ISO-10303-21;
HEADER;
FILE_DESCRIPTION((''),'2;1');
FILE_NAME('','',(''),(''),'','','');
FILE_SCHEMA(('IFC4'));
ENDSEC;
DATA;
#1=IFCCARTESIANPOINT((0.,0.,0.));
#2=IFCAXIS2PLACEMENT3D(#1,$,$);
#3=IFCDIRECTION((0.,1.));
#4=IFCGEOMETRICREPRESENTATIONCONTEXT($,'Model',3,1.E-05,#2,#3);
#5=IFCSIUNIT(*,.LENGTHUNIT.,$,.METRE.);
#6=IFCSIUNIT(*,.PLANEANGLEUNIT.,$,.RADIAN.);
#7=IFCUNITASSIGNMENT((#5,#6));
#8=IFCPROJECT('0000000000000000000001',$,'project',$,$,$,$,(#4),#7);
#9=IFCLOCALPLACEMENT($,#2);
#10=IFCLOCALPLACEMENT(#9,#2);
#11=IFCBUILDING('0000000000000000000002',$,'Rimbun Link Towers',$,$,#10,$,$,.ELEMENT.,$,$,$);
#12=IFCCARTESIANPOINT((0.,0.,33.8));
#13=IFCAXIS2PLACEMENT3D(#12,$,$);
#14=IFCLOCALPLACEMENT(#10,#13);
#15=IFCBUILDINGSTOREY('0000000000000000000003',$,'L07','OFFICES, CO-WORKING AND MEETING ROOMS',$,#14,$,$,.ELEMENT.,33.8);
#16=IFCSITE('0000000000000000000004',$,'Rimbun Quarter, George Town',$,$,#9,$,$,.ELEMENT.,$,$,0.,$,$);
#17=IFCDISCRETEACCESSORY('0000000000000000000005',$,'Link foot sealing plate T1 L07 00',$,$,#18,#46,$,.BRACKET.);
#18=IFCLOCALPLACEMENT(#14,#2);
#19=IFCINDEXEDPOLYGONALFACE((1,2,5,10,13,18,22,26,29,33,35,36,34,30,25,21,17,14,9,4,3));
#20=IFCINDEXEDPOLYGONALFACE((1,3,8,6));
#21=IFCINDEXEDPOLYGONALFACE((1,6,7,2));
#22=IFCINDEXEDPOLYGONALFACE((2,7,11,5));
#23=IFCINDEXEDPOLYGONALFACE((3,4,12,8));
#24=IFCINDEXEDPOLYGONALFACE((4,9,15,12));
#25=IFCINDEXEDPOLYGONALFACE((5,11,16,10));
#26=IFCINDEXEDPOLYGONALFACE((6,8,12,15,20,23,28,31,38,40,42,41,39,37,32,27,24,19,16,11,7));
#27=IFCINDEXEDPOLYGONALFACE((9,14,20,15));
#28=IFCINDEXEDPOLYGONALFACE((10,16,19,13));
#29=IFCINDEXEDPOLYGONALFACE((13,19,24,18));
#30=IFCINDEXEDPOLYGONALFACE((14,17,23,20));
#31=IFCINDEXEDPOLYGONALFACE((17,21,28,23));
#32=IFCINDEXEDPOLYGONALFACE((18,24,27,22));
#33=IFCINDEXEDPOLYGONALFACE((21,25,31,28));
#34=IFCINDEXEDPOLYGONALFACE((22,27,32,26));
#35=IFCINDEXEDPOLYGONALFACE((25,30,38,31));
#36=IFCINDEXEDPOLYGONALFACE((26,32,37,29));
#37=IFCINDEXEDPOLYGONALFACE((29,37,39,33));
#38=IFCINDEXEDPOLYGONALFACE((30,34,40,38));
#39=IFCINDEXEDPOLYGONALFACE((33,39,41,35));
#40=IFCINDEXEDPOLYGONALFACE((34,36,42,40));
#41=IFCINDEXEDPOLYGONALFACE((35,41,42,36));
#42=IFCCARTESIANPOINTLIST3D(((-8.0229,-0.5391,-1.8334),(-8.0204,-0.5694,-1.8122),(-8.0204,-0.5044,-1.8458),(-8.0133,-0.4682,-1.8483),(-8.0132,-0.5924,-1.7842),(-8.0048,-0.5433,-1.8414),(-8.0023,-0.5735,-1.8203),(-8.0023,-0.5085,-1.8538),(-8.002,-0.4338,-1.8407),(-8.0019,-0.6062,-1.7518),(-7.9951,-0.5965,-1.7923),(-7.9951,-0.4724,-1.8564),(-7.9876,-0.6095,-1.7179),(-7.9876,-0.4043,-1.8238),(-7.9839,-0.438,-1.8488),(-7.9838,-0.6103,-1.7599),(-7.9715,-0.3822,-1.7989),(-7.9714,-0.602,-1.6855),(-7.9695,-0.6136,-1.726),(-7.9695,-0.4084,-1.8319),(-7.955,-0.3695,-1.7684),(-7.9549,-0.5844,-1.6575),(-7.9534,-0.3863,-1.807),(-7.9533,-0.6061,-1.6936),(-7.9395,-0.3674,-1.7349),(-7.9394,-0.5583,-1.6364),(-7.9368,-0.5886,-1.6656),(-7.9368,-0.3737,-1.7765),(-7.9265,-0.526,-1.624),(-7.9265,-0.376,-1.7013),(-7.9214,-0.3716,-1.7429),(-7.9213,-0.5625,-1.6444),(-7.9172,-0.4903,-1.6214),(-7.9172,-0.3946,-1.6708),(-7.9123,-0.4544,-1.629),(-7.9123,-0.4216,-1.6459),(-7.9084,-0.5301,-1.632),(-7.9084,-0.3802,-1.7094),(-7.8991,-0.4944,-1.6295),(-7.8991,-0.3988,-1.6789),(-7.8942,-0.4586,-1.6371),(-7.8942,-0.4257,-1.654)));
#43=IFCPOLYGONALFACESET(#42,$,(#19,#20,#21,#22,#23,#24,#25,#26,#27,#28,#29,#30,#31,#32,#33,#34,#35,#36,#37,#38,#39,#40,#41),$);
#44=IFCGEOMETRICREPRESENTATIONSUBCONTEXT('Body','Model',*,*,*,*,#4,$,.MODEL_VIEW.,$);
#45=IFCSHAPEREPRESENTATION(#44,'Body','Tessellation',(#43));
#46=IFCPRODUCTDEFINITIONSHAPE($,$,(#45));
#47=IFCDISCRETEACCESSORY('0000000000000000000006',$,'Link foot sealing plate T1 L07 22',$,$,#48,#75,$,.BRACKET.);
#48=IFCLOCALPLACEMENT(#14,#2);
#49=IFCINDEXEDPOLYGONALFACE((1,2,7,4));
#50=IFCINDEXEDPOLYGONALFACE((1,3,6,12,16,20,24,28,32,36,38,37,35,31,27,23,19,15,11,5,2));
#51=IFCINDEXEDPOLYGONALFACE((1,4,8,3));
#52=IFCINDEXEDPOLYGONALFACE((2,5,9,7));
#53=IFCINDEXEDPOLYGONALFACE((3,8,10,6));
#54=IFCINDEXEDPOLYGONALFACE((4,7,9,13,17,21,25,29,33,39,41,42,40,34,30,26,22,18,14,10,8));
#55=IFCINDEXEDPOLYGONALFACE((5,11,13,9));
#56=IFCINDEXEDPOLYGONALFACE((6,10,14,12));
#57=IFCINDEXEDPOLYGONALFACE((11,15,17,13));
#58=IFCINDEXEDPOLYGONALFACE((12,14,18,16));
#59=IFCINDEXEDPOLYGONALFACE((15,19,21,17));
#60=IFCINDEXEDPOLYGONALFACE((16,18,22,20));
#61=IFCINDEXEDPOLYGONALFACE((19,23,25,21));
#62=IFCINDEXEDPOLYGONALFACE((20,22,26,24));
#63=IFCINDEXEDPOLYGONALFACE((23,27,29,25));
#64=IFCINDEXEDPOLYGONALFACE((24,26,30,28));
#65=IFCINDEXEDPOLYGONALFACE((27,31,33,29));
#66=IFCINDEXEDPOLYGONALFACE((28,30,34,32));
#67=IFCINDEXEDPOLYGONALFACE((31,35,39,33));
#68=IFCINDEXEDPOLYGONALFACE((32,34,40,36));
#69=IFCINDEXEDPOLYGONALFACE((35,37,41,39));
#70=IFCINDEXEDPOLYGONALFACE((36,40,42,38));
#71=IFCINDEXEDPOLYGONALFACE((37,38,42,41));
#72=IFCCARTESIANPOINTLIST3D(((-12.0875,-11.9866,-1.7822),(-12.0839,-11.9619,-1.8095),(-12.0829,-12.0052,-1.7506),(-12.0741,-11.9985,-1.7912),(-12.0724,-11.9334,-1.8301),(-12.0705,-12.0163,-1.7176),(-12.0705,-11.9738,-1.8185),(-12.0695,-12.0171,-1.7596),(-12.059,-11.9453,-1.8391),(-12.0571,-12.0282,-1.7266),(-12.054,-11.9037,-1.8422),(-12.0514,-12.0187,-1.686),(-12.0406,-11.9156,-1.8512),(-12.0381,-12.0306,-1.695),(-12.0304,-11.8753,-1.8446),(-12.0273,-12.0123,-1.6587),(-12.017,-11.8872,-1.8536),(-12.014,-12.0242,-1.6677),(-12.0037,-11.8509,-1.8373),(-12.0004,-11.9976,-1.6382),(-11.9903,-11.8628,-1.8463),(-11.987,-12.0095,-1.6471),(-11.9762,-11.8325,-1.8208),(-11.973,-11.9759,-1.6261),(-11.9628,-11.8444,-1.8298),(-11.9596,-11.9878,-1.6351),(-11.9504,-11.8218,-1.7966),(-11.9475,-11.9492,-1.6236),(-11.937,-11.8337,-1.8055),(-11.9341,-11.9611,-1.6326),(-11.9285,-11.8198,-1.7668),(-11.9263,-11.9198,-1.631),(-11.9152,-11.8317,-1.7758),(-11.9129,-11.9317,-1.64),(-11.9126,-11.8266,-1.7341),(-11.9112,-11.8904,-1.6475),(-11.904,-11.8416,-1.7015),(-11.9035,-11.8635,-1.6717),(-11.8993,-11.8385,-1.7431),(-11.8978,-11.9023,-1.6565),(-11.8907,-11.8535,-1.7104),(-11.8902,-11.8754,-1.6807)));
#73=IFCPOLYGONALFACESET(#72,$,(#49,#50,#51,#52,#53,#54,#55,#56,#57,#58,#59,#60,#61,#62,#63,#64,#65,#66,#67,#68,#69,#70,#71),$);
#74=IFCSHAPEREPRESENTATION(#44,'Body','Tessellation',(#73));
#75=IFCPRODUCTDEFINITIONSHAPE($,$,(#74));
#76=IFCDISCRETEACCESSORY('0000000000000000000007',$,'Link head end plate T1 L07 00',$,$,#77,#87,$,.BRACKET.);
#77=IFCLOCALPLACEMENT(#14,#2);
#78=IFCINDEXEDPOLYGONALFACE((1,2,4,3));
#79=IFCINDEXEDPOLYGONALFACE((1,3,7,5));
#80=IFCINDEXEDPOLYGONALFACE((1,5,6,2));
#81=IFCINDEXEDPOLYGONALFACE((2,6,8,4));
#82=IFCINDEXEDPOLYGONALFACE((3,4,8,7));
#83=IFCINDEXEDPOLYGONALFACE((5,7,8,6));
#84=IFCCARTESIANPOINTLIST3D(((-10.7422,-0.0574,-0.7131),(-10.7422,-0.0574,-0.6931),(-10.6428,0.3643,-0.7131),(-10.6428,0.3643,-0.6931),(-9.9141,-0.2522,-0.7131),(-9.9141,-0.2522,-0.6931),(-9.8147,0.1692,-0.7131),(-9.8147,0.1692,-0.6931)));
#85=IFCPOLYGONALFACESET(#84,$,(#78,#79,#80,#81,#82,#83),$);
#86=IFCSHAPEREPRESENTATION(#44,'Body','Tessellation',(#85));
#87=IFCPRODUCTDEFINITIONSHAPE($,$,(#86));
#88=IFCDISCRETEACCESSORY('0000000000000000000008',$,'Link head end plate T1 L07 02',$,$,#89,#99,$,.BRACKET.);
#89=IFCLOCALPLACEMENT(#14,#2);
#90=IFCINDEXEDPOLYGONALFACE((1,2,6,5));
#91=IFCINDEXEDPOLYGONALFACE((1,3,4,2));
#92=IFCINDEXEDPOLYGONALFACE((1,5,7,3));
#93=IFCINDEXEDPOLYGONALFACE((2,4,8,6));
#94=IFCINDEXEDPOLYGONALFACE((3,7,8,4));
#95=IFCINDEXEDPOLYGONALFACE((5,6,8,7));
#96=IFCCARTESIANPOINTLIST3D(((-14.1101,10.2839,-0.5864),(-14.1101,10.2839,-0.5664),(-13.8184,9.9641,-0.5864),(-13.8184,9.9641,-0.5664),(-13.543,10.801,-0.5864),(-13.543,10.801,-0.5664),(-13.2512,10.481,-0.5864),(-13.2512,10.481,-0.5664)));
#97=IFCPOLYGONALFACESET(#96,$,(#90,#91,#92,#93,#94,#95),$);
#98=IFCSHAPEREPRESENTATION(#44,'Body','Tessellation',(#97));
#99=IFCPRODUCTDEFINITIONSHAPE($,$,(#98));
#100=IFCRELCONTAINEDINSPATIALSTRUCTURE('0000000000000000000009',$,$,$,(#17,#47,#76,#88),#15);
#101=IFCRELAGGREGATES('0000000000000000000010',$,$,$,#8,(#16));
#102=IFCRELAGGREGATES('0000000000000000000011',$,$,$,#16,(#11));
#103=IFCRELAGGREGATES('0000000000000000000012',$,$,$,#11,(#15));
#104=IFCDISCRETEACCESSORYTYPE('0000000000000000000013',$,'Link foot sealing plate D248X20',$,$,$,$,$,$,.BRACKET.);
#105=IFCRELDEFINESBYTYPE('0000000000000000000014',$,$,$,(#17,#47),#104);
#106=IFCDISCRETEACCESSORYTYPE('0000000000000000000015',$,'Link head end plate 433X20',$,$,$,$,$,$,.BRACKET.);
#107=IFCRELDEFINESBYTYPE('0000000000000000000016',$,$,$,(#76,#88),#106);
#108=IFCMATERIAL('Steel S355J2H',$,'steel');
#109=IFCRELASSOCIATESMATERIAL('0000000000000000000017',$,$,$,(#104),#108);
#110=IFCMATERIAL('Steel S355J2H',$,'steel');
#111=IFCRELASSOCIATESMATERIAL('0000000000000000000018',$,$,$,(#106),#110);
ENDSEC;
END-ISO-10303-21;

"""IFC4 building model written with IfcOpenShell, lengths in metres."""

from ifc_helpers import new_model, si_unit, direction, frame, origin, origin_2d, place, context, subcontext, project, spatial, polyline, rectangle, circle, outline, extrude, material, material_profile, profile_set, type_object, element, save


model = new_model("IFC4")

# Units and contexts
model_context = context("Model", 3, precision=1e-05, world=origin(), true_north=direction((0.0, 1.0)))
body_context = subcontext(model_context, "Body", "Model", "MODEL_VIEW")
ifc_project = project(units=[si_unit("LENGTHUNIT", "METRE"), si_unit("PLANEANGLEUNIT", "RADIAN")], contexts=[model_context])

# Site, building, storey
site_placement = place(None, origin())
site = spatial("IfcSite", under=ifc_project, at=site_placement, Name="Rimbun Quarter, George Town", CompositionType="ELEMENT", RefElevation=0.0)
building_placement = place(site_placement, origin())
building = spatial("IfcBuilding", under=site, at=building_placement, Name="Rimbun Link Towers", CompositionType="ELEMENT")
storey_placement = place(building_placement, frame((0.0, 0.0, 33.8)))
storey = spatial("IfcBuildingStorey", under=building, at=storey_placement, Name="L07", Description="OFFICES, CO-WORKING AND MEETING ROOMS", CompositionType="ELEMENT", Elevation=33.8)

# Discrete accessories
ifc_material_1 = material(Name="Steel S355J2H", Category="steel")
ifc_material_profile_1 = material_profile(ifc_material_1, circle(Radius=0.124, at=origin_2d()), Name="PL D248")
ifc_profile_set_1 = profile_set([ifc_material_profile_1], Name="Steel S355J2H")
discrete_accessory_type_1 = type_object("IfcDiscreteAccessoryType", Name="Link foot sealing plate D248X20", PredefinedType="BRACKET", material=ifc_profile_set_1)
discrete_accessory_1_placement = place(storey_placement, frame((-7.9673, -0.4883, -1.7349), z_axis=(0.89384, -0.205342, -0.398604), x_axis=(0.223898, 0.974613, 0.0)))
element("IfcDiscreteAccessory", 1, at=discrete_accessory_1_placement, inside=storey, type_object=discrete_accessory_type_1, Name="Link foot sealing plate T1 L07 00", PredefinedType="BRACKET", context=body_context, shape_type="SweptSolid", body=[
    extrude(circle(Radius=0.124, at=origin_2d()), origin(), (0.0, 0.0, 1.0), 0.0203),
])
discrete_accessory_2_placement = place(storey_placement, frame((-11.9951, -11.9192, -1.7341), z_axis=(0.667218, -0.594431, -0.448856), x_axis=(0.665206, 0.74666, 0.0)))
element("IfcDiscreteAccessory", 2, at=discrete_accessory_2_placement, inside=storey, type_object=discrete_accessory_type_1, Name="Link foot sealing plate T1 L07 22", PredefinedType="BRACKET", context=body_context, shape_type="SweptSolid", body=[
    extrude(circle(Radius=0.124, at=origin_2d()), origin(), (0.0, 0.0, 1.0), 0.02),
])
ifc_material_2 = material(Name="Steel S355J2H", Category="steel")
ifc_material_profile_2 = material_profile(ifc_material_2, rectangle(XDim=0.4331, YDim=0.4331, at=origin_2d()), Name="PL 433x433")
ifc_profile_set_2 = profile_set([ifc_material_profile_2], Name="Steel S355J2H")
discrete_accessory_type_2 = type_object("IfcDiscreteAccessoryType", Name="Link head end plate 433X20", PredefinedType="BRACKET", material=ifc_profile_set_2)
discrete_accessory_3_placement = place(storey_placement, frame((0.0, 0.0, -0.7131)))
element("IfcDiscreteAccessory", 3, at=discrete_accessory_3_placement, inside=storey, type_object=discrete_accessory_type_2, Name="Link head end plate T1 L07 00", PredefinedType="BRACKET", context=body_context, shape_type="SweptSolid", body=[
    extrude(outline(polyline([(-10.7422, -0.0574), (-9.9141, -0.2522), (-9.8147, 0.1692), (-10.6428, 0.3643), (-10.7422, -0.0574)])), origin(), (0.0, 0.0, 1.0), 0.02),
])
discrete_accessory_4_placement = place(storey_placement, frame((0.0, 0.0, -0.5864)))
element("IfcDiscreteAccessory", 4, at=discrete_accessory_4_placement, inside=storey, type_object=discrete_accessory_type_2, Name="Link head end plate T1 L07 02", PredefinedType="BRACKET", context=body_context, shape_type="SweptSolid", body=[
    extrude(outline(polyline([(-13.8184, 9.9641), (-13.2512, 10.481), (-13.543, 10.801), (-14.1101, 10.2839), (-13.8184, 9.9641)])), origin(), (0.0, 0.0, 1.0), 0.02),
])

save(model, "model.ifc")
